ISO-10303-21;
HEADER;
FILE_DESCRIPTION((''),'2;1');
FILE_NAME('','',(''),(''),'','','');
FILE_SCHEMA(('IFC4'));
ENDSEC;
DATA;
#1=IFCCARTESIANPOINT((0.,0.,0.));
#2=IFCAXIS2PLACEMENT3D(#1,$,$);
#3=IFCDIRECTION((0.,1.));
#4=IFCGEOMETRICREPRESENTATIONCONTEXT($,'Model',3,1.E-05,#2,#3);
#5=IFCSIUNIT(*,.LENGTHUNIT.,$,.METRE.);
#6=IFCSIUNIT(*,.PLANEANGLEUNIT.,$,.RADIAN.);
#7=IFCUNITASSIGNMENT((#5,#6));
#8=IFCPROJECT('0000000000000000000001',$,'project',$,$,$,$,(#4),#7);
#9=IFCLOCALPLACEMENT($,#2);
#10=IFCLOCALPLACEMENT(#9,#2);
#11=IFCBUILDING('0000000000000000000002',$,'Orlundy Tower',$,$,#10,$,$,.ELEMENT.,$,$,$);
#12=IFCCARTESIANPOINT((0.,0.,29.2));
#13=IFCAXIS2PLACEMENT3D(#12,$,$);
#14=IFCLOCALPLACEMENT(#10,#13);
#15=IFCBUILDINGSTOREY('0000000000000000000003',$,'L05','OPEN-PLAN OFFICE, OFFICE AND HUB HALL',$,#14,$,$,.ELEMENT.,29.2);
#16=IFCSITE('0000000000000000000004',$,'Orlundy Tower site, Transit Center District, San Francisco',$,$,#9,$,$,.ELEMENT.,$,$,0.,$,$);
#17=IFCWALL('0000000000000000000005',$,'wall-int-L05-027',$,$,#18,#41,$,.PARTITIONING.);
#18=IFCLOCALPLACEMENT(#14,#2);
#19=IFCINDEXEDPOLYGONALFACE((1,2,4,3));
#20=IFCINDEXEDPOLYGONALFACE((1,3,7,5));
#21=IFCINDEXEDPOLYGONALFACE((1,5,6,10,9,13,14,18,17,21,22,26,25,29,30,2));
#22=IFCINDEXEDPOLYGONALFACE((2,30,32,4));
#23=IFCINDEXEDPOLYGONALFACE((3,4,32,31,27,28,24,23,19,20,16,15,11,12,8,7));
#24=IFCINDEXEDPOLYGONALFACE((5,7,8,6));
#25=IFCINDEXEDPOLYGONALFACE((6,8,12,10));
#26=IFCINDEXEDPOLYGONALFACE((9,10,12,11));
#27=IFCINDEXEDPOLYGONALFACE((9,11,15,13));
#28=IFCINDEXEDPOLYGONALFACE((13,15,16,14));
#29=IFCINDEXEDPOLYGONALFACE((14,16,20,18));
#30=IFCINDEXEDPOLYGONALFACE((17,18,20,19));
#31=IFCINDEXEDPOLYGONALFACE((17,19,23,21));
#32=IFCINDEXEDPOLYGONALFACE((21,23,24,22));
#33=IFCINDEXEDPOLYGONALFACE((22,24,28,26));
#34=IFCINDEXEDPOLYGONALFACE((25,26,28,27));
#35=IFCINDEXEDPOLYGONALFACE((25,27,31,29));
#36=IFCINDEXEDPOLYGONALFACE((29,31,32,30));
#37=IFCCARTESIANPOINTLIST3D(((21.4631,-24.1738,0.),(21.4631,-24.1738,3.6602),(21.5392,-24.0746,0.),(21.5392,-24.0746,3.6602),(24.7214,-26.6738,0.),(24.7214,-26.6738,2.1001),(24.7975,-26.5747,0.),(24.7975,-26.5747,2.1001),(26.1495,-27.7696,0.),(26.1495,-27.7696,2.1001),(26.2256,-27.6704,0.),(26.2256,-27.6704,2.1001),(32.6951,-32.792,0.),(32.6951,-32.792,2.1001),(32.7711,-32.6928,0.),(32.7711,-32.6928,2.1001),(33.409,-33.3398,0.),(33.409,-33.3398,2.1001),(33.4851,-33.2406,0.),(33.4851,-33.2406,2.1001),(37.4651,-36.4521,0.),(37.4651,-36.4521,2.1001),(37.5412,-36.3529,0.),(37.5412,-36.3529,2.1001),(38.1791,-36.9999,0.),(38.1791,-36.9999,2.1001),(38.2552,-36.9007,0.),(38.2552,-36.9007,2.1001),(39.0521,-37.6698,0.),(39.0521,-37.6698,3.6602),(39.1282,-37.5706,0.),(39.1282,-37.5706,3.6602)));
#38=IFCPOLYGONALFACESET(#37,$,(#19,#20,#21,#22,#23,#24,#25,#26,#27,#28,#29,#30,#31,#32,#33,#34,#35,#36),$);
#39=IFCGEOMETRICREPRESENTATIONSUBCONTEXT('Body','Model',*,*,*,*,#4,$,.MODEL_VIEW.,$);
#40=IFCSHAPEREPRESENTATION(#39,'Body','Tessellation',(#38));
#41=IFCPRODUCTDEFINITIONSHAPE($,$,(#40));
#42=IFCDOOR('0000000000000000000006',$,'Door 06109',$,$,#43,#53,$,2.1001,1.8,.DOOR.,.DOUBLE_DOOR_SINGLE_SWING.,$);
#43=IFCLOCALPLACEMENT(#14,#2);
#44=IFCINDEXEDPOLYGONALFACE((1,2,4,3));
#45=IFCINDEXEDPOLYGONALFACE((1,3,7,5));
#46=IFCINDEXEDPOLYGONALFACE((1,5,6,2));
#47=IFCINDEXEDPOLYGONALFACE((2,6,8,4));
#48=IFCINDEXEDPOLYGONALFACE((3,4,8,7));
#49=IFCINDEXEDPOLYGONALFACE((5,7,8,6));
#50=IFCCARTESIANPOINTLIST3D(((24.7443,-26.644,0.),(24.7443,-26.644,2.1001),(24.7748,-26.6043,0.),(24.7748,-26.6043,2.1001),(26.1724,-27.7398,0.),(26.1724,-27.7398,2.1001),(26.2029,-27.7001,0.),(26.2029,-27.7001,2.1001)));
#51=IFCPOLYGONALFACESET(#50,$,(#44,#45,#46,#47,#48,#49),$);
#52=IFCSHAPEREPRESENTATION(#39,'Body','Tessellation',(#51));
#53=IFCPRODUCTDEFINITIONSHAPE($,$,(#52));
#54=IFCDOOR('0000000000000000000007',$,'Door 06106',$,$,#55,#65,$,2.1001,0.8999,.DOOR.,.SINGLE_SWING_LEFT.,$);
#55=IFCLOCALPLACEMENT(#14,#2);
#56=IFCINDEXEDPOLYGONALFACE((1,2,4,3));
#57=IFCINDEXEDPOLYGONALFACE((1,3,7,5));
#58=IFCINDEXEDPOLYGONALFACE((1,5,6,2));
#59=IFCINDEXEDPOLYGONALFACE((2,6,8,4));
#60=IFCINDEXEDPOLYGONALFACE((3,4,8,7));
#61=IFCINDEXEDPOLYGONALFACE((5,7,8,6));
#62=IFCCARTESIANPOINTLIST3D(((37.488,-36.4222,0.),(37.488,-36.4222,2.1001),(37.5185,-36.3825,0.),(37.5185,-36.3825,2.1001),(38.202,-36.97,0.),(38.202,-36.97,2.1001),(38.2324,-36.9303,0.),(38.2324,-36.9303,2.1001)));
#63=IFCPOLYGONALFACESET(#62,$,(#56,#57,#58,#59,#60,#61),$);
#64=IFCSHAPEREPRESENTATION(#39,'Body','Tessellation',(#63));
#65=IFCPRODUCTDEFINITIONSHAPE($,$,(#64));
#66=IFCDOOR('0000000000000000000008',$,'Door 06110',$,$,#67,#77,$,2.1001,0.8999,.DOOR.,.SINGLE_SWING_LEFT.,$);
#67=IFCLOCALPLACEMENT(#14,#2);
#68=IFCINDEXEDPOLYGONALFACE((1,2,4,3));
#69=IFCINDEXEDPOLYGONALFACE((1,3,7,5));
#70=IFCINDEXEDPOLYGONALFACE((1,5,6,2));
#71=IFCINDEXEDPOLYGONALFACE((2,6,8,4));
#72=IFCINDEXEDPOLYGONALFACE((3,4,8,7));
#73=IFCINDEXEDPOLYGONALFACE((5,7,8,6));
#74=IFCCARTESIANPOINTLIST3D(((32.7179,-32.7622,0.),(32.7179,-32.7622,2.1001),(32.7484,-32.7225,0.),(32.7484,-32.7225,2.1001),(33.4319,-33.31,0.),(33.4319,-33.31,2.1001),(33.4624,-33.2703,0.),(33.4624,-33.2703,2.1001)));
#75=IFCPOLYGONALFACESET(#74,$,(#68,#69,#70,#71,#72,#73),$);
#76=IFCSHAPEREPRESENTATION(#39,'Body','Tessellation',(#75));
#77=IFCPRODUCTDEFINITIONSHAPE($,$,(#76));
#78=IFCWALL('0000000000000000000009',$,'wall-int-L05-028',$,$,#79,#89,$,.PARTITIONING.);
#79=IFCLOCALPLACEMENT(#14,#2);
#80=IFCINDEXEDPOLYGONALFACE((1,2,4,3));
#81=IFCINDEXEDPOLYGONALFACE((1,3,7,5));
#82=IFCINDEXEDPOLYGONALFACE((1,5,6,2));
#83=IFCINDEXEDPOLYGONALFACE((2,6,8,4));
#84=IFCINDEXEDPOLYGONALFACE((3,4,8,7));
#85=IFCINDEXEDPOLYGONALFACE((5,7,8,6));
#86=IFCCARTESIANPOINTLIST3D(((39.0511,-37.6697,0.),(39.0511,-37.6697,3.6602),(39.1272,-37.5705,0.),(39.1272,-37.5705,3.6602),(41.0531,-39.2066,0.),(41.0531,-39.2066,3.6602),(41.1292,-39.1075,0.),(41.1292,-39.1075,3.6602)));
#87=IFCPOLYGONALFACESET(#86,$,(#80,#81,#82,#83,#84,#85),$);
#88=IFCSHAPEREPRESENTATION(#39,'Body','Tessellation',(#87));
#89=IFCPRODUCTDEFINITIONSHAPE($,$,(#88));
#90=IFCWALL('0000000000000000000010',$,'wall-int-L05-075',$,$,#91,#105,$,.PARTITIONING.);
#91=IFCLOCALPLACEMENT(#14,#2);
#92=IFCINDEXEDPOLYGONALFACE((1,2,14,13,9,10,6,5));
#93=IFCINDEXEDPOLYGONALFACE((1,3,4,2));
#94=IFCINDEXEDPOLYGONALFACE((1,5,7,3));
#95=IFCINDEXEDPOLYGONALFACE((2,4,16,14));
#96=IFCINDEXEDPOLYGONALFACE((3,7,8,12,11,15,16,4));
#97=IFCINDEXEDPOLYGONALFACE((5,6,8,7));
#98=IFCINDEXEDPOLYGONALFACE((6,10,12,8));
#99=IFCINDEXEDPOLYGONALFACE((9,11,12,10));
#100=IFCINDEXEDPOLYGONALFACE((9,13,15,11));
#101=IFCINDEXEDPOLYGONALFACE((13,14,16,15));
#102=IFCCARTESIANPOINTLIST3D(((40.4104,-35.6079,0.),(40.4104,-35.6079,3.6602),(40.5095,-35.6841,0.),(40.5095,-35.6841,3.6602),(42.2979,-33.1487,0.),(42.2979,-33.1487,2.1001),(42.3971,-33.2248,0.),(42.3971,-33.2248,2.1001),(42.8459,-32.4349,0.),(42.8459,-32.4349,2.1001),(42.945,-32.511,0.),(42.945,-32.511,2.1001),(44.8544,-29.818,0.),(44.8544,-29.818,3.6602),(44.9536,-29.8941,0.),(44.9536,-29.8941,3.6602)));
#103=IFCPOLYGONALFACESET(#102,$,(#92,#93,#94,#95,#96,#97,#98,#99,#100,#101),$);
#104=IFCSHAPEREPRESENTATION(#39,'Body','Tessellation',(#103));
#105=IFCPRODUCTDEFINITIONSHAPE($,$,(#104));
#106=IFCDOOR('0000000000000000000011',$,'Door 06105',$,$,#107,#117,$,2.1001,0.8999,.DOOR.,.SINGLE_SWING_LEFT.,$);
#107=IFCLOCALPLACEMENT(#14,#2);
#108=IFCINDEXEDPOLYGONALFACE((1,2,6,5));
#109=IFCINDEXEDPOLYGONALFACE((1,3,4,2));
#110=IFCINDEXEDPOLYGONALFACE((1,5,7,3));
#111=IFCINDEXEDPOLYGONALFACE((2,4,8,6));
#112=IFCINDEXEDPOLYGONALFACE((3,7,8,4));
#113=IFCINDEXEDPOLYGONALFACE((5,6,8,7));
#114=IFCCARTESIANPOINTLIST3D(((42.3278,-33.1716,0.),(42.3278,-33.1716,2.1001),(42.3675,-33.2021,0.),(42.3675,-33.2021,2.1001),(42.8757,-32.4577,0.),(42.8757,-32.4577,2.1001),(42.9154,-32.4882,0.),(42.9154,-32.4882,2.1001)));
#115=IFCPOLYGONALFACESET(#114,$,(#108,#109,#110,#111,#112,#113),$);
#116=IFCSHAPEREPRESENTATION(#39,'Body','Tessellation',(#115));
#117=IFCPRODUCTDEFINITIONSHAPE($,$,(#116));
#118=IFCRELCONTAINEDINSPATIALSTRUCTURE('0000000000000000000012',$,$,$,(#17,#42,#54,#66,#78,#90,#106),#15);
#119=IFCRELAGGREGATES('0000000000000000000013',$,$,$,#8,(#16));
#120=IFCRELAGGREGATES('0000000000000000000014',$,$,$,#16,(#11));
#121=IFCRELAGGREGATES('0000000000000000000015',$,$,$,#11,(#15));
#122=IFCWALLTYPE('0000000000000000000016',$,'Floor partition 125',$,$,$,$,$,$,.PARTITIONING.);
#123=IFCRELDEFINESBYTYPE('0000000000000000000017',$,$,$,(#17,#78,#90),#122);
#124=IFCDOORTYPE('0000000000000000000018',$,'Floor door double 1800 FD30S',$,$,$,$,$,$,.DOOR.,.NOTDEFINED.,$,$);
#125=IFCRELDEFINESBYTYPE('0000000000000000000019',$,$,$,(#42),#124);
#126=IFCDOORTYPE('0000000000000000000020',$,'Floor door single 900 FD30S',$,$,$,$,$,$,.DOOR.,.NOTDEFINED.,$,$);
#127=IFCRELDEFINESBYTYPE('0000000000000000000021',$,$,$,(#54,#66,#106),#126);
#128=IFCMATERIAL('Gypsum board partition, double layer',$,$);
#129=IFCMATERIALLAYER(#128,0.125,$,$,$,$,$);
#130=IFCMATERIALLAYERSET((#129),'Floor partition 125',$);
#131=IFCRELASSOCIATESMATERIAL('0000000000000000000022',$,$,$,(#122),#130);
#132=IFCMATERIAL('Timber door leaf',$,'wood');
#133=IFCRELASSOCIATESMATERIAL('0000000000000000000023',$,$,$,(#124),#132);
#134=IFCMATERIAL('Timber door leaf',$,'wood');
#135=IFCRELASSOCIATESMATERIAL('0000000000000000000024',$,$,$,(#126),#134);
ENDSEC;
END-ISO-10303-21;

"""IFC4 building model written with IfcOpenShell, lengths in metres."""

from ifc_helpers import new_model, si_unit, direction, frame, frame_2d, origin, place, context, subcontext, project, spatial, rectangle, extrude, material, layer, layer_set, type_object, element, fill, save


model = new_model("IFC4")

# Units and contexts
model_context = context("Model", 3, precision=1e-05, world=origin(), true_north=direction((0.0, 1.0)))
body_context = subcontext(model_context, "Body", "Model", "MODEL_VIEW")
ifc_project = project(units=[si_unit("LENGTHUNIT", "METRE"), si_unit("PLANEANGLEUNIT", "RADIAN")], contexts=[model_context])

# Site, building, storey
site_placement = place(None, origin())
site = spatial("IfcSite", under=ifc_project, at=site_placement, Name="Orlundy Tower site, Transit Center District, San Francisco", CompositionType="ELEMENT", RefElevation=0.0)
building_placement = place(site_placement, origin())
building = spatial("IfcBuilding", under=site, at=building_placement, Name="Orlundy Tower", CompositionType="ELEMENT")
storey_placement = place(building_placement, frame((0.0, 0.0, 29.2)))
storey = spatial("IfcBuildingStorey", under=building, at=storey_placement, Name="L05", Description="OPEN-PLAN OFFICE, OFFICE AND HUB HALL", CompositionType="ELEMENT", Elevation=29.2)

# Wall, openings, doors
ifc_material_1 = material(Name="Gypsum board partition, double layer")
ifc_layer_1 = layer(ifc_material_1, 0.125)
ifc_layer_set_1 = layer_set([ifc_layer_1], Name="Floor partition 125")
wall_type_1 = type_object("IfcWallType", Name="Floor partition 125", PredefinedType="PARTITIONING", material=ifc_layer_set_1)
wall_1_placement = place(storey_placement, frame((39.0901, -37.6201, 0.0), z_axis=(0.0, 0.0, 1.0), x_axis=(-0.793364, 0.608747, 0.0)))
wall_1 = element("IfcWall", 1, at=wall_1_placement, inside=storey, type_object=wall_type_1, Name="wall-int-L05-027", PredefinedType="PARTITIONING", context=body_context, shape_type="SweptSolid", body=[
    extrude(rectangle(XDim=22.1702, YDim=0.125, at=frame_2d((11.085, 0.0))), origin(), (0.0, 0.0, 1.0), 3.6602),
])
opening_1_placement = place(wall_1_placement, frame((1.1003, 0.0, 0.0)))
opening_1 = element("IfcOpeningElement", 2, at=opening_1_placement, cuts=wall_1, PredefinedType="OPENING", context=body_context, shape_type="SweptSolid", body=[
    extrude(rectangle(XDim=0.8999, YDim=2.1001, at=frame_2d((0.45, 1.05))), frame((0.0, 0.0725, 0.0), z_axis=(0.0, -1.0, 0.0), x_axis=(1.0, 0.0, 0.0)), (0.0, 0.0, 1.0), 0.145),
])
opening_2_placement = place(wall_1_placement, frame((16.2632, 0.0, 0.0)))
opening_2 = element("IfcOpeningElement", 3, at=opening_2_placement, cuts=wall_1, PredefinedType="OPENING", context=body_context, shape_type="SweptSolid", body=[
    extrude(rectangle(XDim=1.8, YDim=2.1001, at=frame_2d((0.8999, 1.05))), frame((0.0, 0.0725, 0.0), z_axis=(0.0, -1.0, 0.0), x_axis=(1.0, 0.0, 0.0)), (0.0, 0.0, 1.0), 0.145),
])
opening_3_placement = place(wall_1_placement, frame((7.1128, 0.0, 0.0)))
opening_3 = element("IfcOpeningElement", 4, at=opening_3_placement, cuts=wall_1, PredefinedType="OPENING", context=body_context, shape_type="SweptSolid", body=[
    extrude(rectangle(XDim=0.8999, YDim=2.1001, at=frame_2d((0.45, 1.05))), frame((0.0, 0.0725, 0.0), z_axis=(0.0, -1.0, 0.0), x_axis=(1.0, 0.0, 0.0)), (0.0, 0.0, 1.0), 0.145),
])
ifc_material_2 = material(Name="Timber door leaf", Category="wood")
door_type_1 = type_object("IfcDoorType", Name="Floor door double 1800 FD30S", OperationType="NOTDEFINED", PredefinedType="DOOR", material=ifc_material_2)
door_1_placement = place(opening_2_placement, origin())
door_1 = element("IfcDoor", 5, at=door_1_placement, inside=storey, type_object=door_type_1, Name="Door 06109", OperationType="DOUBLE_DOOR_SINGLE_SWING", OverallHeight=2.1001, OverallWidth=1.8, PredefinedType="DOOR", context=body_context, shape_type="SweptSolid", body=[
    extrude(rectangle(XDim=1.8, YDim=2.1001, at=frame_2d((0.8999, 1.05))), frame((0.0, 0.0249, 0.0), z_axis=(0.0, -1.0, 0.0), x_axis=(1.0, 0.0, 0.0)), (0.0, 0.0, 1.0), 0.05),
])
fill(opening_2, door_1)
ifc_material_3 = material(Name="Timber door leaf", Category="wood")
door_type_2 = type_object("IfcDoorType", Name="Floor door single 900 FD30S", OperationType="NOTDEFINED", PredefinedType="DOOR", material=ifc_material_3)
door_2_placement = place(opening_1_placement, origin())
door_2 = element("IfcDoor", 6, at=door_2_placement, inside=storey, type_object=door_type_2, Name="Door 06106", OperationType="SINGLE_SWING_LEFT", OverallHeight=2.1001, OverallWidth=0.8999, PredefinedType="DOOR", context=body_context, shape_type="SweptSolid", body=[
    extrude(rectangle(XDim=0.8999, YDim=2.1001, at=frame_2d((0.45, 1.05))), frame((0.0, 0.0249, 0.0), z_axis=(0.0, -1.0, 0.0), x_axis=(1.0, 0.0, 0.0)), (0.0, 0.0, 1.0), 0.05),
])
fill(opening_1, door_2)
door_3_placement = place(opening_3_placement, origin())
door_3 = element("IfcDoor", 7, at=door_3_placement, inside=storey, type_object=door_type_2, Name="Door 06110", OperationType="SINGLE_SWING_LEFT", OverallHeight=2.1001, OverallWidth=0.8999, PredefinedType="DOOR", context=body_context, shape_type="SweptSolid", body=[
    extrude(rectangle(XDim=0.8999, YDim=2.1001, at=frame_2d((0.45, 1.05))), frame((0.0, 0.0249, 0.0), z_axis=(0.0, -1.0, 0.0), x_axis=(1.0, 0.0, 0.0)), (0.0, 0.0, 1.0), 0.05),
])
fill(opening_3, door_3)

# Wall
wall_2_placement = place(storey_placement, frame((39.0891, -37.6201, 0.0), z_axis=(0.0, 0.0, 1.0), x_axis=(0.793217, -0.608939, 0.0)))
element("IfcWall", 8, at=wall_2_placement, inside=storey, type_object=wall_type_1, Name="wall-int-L05-028", PredefinedType="PARTITIONING", context=body_context, shape_type="SweptSolid", body=[
    extrude(rectangle(XDim=2.5239, YDim=0.125, at=frame_2d((1.262, 0.0))), origin(), (0.0, 0.0, 1.0), 3.6602),
])

# Wall, opening, door
wall_3_placement = place(storey_placement, frame((40.46, -35.646, 0.0), z_axis=(0.0, 0.0, 1.0), x_axis=(0.608868, 0.793271, 0.0)))
wall_3 = element("IfcWall", 9, at=wall_3_placement, inside=storey, type_object=wall_type_1, Name="wall-int-L05-075", PredefinedType="PARTITIONING", context=body_context, shape_type="SweptSolid", body=[
    extrude(rectangle(XDim=7.2988, YDim=0.125, at=frame_2d((3.6494, 0.0))), origin(), (0.0, 0.0, 1.0), 3.6602),
])
opening_4_placement = place(wall_3_placement, frame((3.1001, 0.0, 0.0)))
opening_4 = element("IfcOpeningElement", 10, at=opening_4_placement, cuts=wall_3, PredefinedType="OPENING", context=body_context, shape_type="SweptSolid", body=[
    extrude(rectangle(XDim=0.8999, YDim=2.1001, at=frame_2d((0.45, 1.05))), frame((0.0, 0.0725, 0.0), z_axis=(0.0, -1.0, 0.0), x_axis=(1.0, 0.0, 0.0)), (0.0, 0.0, 1.0), 0.145),
])
door_4_placement = place(opening_4_placement, origin())
door_4 = element("IfcDoor", 11, at=door_4_placement, inside=storey, type_object=door_type_2, Name="Door 06105", OperationType="SINGLE_SWING_LEFT", OverallHeight=2.1001, OverallWidth=0.8999, PredefinedType="DOOR", context=body_context, shape_type="SweptSolid", body=[
    extrude(rectangle(XDim=0.8999, YDim=2.1001, at=frame_2d((0.45, 1.05))), frame((0.0, 0.0249, 0.0), z_axis=(0.0, -1.0, 0.0), x_axis=(1.0, 0.0, 0.0)), (0.0, 0.0, 1.0), 0.05),
])
fill(opening_4, door_4)

save(model, "model.ifc")
